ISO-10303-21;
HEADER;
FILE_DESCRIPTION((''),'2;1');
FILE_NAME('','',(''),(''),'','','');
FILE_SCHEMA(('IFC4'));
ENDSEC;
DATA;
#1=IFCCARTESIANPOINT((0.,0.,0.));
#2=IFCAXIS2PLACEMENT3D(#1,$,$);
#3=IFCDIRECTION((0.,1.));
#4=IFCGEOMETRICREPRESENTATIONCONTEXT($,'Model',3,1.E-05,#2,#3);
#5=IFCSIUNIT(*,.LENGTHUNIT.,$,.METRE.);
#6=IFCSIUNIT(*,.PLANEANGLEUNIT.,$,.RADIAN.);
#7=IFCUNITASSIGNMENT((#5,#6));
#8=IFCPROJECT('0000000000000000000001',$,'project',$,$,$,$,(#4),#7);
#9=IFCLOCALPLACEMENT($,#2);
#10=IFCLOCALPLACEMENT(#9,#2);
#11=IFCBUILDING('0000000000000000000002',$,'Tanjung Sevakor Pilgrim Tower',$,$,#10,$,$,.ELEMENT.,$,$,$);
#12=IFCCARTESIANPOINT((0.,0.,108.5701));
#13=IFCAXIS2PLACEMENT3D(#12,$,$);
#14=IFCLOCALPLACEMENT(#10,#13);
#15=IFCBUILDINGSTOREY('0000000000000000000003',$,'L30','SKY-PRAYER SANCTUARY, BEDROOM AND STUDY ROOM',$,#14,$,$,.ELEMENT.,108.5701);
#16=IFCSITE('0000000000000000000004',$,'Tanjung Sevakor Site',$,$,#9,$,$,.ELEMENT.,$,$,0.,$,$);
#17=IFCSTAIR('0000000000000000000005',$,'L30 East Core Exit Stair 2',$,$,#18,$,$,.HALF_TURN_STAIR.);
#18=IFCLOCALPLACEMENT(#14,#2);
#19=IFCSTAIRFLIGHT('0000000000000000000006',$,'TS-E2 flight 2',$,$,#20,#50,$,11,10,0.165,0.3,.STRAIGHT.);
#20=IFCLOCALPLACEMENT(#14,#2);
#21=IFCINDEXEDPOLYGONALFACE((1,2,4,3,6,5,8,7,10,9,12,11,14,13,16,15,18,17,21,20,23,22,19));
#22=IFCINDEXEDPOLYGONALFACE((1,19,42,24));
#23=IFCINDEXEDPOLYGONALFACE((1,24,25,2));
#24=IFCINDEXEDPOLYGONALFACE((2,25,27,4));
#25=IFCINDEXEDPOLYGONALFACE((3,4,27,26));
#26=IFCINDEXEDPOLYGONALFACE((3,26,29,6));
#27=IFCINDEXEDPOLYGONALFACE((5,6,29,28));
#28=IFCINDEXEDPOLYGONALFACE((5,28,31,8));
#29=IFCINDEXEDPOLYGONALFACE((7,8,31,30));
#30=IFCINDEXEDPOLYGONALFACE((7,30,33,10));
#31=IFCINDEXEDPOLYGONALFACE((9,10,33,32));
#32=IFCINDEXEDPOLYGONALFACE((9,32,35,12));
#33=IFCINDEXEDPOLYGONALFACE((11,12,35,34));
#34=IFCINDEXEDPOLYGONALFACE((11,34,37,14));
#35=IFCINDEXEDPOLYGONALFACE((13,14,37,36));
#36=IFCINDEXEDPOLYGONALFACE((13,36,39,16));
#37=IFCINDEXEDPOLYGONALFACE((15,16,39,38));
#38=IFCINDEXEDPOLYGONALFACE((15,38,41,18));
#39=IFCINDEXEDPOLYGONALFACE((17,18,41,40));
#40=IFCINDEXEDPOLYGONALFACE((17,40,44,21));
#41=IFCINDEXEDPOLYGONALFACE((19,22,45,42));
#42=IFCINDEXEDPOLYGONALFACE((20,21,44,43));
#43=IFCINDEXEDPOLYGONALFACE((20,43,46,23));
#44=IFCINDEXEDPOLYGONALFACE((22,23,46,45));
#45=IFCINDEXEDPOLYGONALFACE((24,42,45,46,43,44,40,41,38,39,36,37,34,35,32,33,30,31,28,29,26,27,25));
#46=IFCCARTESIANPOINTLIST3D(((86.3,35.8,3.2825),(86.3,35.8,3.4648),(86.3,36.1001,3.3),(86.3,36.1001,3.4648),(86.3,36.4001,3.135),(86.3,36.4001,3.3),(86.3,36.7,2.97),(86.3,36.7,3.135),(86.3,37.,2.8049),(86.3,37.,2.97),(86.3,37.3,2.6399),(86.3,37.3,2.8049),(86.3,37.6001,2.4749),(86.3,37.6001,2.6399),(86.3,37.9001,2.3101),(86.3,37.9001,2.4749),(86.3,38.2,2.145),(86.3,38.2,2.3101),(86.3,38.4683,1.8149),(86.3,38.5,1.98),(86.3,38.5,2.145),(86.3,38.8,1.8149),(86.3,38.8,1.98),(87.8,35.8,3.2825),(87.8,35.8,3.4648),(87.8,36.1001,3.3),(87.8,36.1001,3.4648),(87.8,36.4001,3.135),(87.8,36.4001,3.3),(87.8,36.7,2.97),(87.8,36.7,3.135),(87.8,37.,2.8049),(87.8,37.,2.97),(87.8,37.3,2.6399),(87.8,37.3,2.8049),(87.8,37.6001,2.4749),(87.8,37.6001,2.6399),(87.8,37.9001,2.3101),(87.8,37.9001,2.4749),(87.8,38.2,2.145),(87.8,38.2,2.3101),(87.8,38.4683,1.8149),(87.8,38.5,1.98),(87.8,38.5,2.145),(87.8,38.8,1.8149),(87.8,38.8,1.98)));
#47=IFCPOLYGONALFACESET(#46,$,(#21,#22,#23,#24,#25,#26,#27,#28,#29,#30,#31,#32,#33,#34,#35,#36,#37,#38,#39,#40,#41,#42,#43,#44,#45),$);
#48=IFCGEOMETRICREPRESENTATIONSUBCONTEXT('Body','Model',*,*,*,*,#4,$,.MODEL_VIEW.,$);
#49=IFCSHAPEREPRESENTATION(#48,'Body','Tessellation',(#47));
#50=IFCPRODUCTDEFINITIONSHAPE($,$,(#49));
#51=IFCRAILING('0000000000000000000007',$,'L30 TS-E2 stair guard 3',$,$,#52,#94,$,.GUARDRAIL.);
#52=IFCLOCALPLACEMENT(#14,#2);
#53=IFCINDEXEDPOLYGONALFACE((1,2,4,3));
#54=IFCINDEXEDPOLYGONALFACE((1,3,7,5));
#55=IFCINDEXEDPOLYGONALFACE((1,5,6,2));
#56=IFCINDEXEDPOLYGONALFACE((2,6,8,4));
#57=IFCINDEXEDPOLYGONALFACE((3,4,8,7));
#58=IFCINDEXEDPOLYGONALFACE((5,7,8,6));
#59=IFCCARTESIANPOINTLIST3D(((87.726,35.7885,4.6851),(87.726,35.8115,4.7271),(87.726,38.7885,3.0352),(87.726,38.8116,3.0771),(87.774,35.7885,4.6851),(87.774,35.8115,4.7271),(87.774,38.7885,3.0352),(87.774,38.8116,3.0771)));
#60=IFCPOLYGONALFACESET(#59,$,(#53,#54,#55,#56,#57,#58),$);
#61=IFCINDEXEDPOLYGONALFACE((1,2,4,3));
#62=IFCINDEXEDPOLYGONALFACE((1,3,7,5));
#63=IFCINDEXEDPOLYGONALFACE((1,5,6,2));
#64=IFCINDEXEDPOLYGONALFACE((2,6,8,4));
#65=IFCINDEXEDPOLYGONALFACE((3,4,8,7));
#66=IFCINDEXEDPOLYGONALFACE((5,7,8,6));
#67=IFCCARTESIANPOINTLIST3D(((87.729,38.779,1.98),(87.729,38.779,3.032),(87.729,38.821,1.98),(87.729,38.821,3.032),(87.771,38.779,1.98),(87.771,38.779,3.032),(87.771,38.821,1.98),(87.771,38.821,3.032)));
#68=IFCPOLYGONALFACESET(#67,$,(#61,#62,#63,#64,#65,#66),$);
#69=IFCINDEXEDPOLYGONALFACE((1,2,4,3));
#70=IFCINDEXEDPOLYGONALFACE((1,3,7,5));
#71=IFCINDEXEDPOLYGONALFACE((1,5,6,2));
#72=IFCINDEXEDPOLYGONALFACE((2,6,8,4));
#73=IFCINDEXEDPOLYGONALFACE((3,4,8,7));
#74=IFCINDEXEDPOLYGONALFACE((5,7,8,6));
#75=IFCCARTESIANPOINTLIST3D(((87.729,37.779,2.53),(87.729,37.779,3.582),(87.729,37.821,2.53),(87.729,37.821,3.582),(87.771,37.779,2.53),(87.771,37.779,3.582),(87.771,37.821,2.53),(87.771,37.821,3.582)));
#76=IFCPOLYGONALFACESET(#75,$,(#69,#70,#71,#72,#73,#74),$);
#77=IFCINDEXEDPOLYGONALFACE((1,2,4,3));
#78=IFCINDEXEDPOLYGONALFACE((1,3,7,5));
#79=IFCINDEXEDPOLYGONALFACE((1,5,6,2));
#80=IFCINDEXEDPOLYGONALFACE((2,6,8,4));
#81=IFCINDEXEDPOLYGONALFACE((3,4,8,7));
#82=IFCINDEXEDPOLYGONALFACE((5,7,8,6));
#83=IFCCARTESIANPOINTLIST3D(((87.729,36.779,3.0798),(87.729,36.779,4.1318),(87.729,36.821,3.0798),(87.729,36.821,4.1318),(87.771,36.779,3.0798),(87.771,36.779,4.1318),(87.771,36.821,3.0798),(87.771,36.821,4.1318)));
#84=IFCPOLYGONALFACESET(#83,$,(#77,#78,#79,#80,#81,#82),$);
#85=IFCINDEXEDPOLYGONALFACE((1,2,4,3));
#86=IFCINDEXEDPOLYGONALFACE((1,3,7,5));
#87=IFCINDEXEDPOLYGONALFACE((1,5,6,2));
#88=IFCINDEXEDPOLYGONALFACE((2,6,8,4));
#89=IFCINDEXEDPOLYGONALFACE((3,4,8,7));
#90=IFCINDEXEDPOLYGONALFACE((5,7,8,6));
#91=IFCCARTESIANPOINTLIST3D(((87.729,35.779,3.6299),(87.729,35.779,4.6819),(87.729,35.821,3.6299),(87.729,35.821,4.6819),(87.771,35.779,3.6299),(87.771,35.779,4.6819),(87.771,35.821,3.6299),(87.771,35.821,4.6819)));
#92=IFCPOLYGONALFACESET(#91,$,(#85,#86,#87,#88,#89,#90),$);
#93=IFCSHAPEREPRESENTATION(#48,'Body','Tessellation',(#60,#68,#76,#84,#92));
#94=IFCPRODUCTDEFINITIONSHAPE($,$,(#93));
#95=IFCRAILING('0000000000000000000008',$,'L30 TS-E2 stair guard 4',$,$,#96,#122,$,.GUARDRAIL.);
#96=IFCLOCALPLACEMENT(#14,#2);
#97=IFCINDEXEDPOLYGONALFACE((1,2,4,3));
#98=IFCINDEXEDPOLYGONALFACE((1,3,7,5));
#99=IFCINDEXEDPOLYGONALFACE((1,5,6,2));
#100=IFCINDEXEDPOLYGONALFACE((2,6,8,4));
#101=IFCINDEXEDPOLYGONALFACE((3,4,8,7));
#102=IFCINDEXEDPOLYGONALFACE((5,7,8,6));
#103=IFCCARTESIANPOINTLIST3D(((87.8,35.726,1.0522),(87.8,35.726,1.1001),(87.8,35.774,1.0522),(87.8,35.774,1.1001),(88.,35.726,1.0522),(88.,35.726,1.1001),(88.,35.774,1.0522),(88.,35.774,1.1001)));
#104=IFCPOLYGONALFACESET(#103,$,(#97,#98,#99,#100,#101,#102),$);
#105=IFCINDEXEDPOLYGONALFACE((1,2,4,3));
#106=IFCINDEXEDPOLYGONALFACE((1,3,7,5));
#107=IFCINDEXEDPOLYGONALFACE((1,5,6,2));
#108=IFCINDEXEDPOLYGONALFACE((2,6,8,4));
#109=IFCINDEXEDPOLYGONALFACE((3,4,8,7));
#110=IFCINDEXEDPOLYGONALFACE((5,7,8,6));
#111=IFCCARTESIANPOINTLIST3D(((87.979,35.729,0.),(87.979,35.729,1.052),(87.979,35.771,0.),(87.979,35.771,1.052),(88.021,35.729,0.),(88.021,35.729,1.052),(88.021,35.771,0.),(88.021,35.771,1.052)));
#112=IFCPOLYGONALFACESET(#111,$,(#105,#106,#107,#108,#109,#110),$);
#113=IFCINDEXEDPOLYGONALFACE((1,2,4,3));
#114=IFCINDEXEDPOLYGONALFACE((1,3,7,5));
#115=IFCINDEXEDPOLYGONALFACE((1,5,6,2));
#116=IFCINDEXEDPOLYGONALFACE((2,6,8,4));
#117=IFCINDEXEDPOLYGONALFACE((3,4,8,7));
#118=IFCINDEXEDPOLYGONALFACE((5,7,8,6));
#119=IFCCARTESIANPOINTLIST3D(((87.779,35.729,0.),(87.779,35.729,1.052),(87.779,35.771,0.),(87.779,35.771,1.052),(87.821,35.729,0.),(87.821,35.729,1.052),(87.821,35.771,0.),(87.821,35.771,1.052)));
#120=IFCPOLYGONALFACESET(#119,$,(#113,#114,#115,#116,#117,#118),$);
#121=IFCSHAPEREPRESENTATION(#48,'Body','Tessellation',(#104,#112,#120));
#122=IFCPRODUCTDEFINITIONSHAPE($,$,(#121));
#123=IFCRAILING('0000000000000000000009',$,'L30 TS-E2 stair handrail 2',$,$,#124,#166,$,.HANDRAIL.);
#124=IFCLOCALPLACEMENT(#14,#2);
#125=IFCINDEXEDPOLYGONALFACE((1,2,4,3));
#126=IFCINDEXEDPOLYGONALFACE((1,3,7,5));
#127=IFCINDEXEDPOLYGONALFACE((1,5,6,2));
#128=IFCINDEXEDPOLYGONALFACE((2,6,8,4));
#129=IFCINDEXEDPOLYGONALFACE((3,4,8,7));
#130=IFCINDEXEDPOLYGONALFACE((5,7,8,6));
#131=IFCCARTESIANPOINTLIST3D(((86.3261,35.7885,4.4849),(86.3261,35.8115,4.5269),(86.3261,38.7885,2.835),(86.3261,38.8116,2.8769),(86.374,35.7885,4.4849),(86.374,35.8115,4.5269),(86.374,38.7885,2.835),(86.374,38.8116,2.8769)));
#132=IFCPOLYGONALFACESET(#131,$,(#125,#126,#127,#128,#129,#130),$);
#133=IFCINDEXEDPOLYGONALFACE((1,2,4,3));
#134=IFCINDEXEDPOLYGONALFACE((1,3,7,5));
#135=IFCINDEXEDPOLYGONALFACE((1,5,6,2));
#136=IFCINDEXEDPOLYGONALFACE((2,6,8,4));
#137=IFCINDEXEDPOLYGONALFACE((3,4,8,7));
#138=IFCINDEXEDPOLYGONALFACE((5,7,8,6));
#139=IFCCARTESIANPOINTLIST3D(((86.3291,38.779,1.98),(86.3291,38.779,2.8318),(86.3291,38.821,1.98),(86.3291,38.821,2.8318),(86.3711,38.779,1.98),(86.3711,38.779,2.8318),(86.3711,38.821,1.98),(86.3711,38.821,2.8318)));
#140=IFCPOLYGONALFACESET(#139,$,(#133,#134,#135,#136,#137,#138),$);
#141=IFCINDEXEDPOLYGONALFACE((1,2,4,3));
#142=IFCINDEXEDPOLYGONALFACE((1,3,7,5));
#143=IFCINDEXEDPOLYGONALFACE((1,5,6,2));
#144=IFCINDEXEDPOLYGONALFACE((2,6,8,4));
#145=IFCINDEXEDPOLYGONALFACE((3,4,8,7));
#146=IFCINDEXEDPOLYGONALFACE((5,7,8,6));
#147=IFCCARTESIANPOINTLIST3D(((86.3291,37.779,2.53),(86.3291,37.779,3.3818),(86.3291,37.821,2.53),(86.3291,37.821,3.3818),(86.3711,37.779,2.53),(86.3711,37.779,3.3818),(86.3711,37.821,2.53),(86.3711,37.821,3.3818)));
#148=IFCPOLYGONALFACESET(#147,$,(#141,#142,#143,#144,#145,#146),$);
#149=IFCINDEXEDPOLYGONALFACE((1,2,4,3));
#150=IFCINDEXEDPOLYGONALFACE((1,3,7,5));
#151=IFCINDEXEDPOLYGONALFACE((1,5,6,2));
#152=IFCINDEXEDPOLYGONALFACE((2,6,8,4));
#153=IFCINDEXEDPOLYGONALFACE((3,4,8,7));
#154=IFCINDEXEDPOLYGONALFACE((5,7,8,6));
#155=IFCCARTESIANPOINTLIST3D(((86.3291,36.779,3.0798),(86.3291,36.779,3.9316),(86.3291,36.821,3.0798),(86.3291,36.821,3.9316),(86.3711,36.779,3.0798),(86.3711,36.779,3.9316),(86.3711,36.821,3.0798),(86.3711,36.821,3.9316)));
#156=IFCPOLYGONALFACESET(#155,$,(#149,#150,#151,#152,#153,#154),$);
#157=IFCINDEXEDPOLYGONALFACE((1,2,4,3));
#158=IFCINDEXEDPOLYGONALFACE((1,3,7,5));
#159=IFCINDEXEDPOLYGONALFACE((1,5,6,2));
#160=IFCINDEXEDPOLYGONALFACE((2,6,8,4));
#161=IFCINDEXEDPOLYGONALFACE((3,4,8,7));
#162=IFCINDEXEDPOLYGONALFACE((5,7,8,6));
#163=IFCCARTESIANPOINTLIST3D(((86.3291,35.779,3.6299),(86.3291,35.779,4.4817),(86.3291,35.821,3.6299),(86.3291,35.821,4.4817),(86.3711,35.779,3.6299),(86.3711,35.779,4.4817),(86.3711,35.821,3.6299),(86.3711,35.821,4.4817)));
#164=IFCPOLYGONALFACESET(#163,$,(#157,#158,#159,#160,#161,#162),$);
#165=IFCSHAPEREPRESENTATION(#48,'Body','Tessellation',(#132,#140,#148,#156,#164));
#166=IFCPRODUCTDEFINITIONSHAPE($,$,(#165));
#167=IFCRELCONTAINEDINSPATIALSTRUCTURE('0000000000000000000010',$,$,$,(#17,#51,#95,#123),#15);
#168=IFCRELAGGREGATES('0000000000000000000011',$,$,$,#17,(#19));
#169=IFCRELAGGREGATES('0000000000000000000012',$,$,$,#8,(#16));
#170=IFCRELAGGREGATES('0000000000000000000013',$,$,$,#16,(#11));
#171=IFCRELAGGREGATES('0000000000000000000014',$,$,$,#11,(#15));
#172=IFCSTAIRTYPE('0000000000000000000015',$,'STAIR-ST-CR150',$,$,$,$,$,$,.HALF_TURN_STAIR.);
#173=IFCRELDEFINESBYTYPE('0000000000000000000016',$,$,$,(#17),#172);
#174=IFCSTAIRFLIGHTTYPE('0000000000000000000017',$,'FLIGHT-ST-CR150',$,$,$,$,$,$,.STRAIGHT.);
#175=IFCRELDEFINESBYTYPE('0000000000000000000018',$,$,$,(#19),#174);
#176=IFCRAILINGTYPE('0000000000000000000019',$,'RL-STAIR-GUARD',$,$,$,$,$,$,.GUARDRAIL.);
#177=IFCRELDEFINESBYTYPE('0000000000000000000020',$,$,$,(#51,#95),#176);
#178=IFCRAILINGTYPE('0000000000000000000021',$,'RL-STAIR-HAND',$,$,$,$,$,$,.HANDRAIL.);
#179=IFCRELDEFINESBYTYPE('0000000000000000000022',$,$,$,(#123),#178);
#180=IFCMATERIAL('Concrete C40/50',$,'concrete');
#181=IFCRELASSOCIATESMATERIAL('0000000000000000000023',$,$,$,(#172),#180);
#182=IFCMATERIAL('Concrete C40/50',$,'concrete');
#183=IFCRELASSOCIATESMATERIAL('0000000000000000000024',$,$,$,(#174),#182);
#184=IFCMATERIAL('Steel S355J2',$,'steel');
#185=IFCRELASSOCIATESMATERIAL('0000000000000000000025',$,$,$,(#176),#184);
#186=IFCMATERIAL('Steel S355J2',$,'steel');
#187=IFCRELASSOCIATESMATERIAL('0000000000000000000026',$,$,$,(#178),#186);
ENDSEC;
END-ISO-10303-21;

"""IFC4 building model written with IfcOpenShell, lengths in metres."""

from ifc_helpers import new_model, si_unit, direction, frame, origin, place, context, subcontext, project, spatial, polyline, rectangle, outline, extrude, material, type_object, element, aggregate, save


model = new_model("IFC4")

# Units and contexts
model_context = context("Model", 3, precision=1e-05, world=origin(), true_north=direction((0.0, 1.0)))
body_context = subcontext(model_context, "Body", "Model", "MODEL_VIEW")
ifc_project = project(units=[si_unit("LENGTHUNIT", "METRE"), si_unit("PLANEANGLEUNIT", "RADIAN")], contexts=[model_context])

# Site, building, storey
site_placement = place(None, origin())
site = spatial("IfcSite", under=ifc_project, at=site_placement, Name="Tanjung Sevakor Site", CompositionType="ELEMENT", RefElevation=0.0)
building_placement = place(site_placement, origin())
building = spatial("IfcBuilding", under=site, at=building_placement, Name="Tanjung Sevakor Pilgrim Tower", CompositionType="ELEMENT")
storey_placement = place(building_placement, frame((0.0, 0.0, 108.5701)))
storey = spatial("IfcBuildingStorey", under=building, at=storey_placement, Name="L30", Description="SKY-PRAYER SANCTUARY, BEDROOM AND STUDY ROOM", CompositionType="ELEMENT", Elevation=108.5701)

# Stair, stair flight
ifc_material_1 = material(Name="Concrete C40/50", Category="concrete")
stair_type = type_object("IfcStairType", Name="STAIR-ST-CR150", PredefinedType="HALF_TURN_STAIR", material=ifc_material_1)
stair_placement = place(storey_placement, origin())
stair = element("IfcStair", 1, at=stair_placement, inside=storey, type_object=stair_type, Name="L30 East Core Exit Stair 2", PredefinedType="HALF_TURN_STAIR")
ifc_material_2 = material(Name="Concrete C40/50", Category="concrete")
stair_flight_type = type_object("IfcStairFlightType", Name="FLIGHT-ST-CR150", PredefinedType="STRAIGHT", material=ifc_material_2)
stair_flight_placement = place(storey_placement, frame((87.05, 38.8, 1.8149), z_axis=(0.0, 0.0, 1.0), x_axis=(0.0, -1.0, 0.0)))
stair_flight = element("IfcStairFlight", 2, at=stair_flight_placement, type_object=stair_flight_type, Name="TS-E2 flight 2", NumberOfRisers=11, NumberOfTreads=10, PredefinedType="STRAIGHT", RiserHeight=0.165, TreadLength=0.3, context=body_context, shape_type="SweptSolid", body=[
    extrude(outline(polyline([(0.0, 0.0), (0.0, 0.165), (0.3, 0.165), (0.3, 0.3301), (0.6001, 0.3301), (0.6001, 0.4951), (0.8999, 0.4951), (0.8999, 0.6599), (1.2, 0.6599), (1.2, 0.825), (1.5, 0.825), (1.5, 0.99), (1.8, 0.99), (1.8, 1.155), (2.1001, 1.155), (2.1001, 1.3201), (2.3999, 1.3201), (2.3999, 1.4851), (2.7, 1.4851), (2.7, 1.6499), (3.0, 1.6499), (3.0, 1.8149), (3.0, 1.4675), (0.3318, 0.0), (0.0, 0.0)])), frame((0.0, 0.75, 0.0), z_axis=(0.0, -1.0, 0.0), x_axis=(1.0, 0.0, 0.0)), (0.0, 0.0, 1.0), 1.5),
])
aggregate(stair, [stair_flight])

# Railings
ifc_material_3 = material(Name="Steel S355J2", Category="steel")
railing_type_1 = type_object("IfcRailingType", Name="RL-STAIR-GUARD", PredefinedType="GUARDRAIL", material=ifc_material_3)
railing_1_placement = place(storey_placement, frame((87.75, 38.8, 1.98)))
element("IfcRailing", 3, at=railing_1_placement, inside=storey, type_object=railing_type_1, Name="L30 TS-E2 stair guard 3", PredefinedType="GUARDRAIL", context=body_context, shape_type="SweptSolid", body=[
    extrude(rectangle(XDim=0.0479, YDim=0.0479), frame((0.0, 0.0, 1.0762), z_axis=(0.0, -0.876228, 0.481897), x_axis=(1.0, 0.0, 0.0)), (0.0, 0.0, 1.0), 3.4238),
    extrude(rectangle(XDim=0.042, YDim=0.042), origin(), (0.0, 0.0, 1.0), 1.052),
    extrude(rectangle(XDim=0.042, YDim=0.042), frame((0.0, -1.0, 0.55)), (0.0, 0.0, 1.0), 1.052),
    extrude(rectangle(XDim=0.042, YDim=0.042), frame((0.0, -2.0, 1.0999)), (0.0, 0.0, 1.0), 1.052),
    extrude(rectangle(XDim=0.042, YDim=0.042), frame((0.0, -3.0, 1.6499)), (0.0, 0.0, 1.0), 1.052),
])
railing_2_placement = place(storey_placement, frame((88.0, 35.75, 0.0)))
element("IfcRailing", 4, at=railing_2_placement, inside=storey, type_object=railing_type_1, Name="L30 TS-E2 stair guard 4", PredefinedType="GUARDRAIL", context=body_context, shape_type="SweptSolid", body=[
    extrude(rectangle(XDim=0.0479, YDim=0.0479), frame((0.0, 0.0, 1.0762), z_axis=(-1.0, 0.0, 0.0), x_axis=(0.0, -1.0, 0.0)), (0.0, 0.0, 1.0), 0.2),
    extrude(rectangle(XDim=0.042, YDim=0.042), origin(), (0.0, 0.0, 1.0), 1.052),
    extrude(rectangle(XDim=0.042, YDim=0.042), frame((-0.2, 0.0, 0.0)), (0.0, 0.0, 1.0), 1.052),
])
ifc_material_4 = material(Name="Steel S355J2", Category="steel")
railing_type_2 = type_object("IfcRailingType", Name="RL-STAIR-HAND", PredefinedType="HANDRAIL", material=ifc_material_4)
railing_3_placement = place(storey_placement, frame((86.3501, 38.8, 1.98)))
element("IfcRailing", 5, at=railing_3_placement, inside=storey, type_object=railing_type_2, Name="L30 TS-E2 stair handrail 2", PredefinedType="HANDRAIL", context=body_context, shape_type="SweptSolid", body=[
    extrude(rectangle(XDim=0.0479, YDim=0.0479), frame((0.0, 0.0, 0.876), z_axis=(0.0, -0.876228, 0.481897), x_axis=(1.0, 0.0, 0.0)), (0.0, 0.0, 1.0), 3.4238),
    extrude(rectangle(XDim=0.042, YDim=0.042), origin(), (0.0, 0.0, 1.0), 0.8518),
    extrude(rectangle(XDim=0.042, YDim=0.042), frame((0.0, -1.0, 0.55)), (0.0, 0.0, 1.0), 0.8518),
    extrude(rectangle(XDim=0.042, YDim=0.042), frame((0.0, -2.0, 1.0999)), (0.0, 0.0, 1.0), 0.8518),
    extrude(rectangle(XDim=0.042, YDim=0.042), frame((0.0, -3.0, 1.6499)), (0.0, 0.0, 1.0), 0.8518),
])

save(model, "model.ifc")
